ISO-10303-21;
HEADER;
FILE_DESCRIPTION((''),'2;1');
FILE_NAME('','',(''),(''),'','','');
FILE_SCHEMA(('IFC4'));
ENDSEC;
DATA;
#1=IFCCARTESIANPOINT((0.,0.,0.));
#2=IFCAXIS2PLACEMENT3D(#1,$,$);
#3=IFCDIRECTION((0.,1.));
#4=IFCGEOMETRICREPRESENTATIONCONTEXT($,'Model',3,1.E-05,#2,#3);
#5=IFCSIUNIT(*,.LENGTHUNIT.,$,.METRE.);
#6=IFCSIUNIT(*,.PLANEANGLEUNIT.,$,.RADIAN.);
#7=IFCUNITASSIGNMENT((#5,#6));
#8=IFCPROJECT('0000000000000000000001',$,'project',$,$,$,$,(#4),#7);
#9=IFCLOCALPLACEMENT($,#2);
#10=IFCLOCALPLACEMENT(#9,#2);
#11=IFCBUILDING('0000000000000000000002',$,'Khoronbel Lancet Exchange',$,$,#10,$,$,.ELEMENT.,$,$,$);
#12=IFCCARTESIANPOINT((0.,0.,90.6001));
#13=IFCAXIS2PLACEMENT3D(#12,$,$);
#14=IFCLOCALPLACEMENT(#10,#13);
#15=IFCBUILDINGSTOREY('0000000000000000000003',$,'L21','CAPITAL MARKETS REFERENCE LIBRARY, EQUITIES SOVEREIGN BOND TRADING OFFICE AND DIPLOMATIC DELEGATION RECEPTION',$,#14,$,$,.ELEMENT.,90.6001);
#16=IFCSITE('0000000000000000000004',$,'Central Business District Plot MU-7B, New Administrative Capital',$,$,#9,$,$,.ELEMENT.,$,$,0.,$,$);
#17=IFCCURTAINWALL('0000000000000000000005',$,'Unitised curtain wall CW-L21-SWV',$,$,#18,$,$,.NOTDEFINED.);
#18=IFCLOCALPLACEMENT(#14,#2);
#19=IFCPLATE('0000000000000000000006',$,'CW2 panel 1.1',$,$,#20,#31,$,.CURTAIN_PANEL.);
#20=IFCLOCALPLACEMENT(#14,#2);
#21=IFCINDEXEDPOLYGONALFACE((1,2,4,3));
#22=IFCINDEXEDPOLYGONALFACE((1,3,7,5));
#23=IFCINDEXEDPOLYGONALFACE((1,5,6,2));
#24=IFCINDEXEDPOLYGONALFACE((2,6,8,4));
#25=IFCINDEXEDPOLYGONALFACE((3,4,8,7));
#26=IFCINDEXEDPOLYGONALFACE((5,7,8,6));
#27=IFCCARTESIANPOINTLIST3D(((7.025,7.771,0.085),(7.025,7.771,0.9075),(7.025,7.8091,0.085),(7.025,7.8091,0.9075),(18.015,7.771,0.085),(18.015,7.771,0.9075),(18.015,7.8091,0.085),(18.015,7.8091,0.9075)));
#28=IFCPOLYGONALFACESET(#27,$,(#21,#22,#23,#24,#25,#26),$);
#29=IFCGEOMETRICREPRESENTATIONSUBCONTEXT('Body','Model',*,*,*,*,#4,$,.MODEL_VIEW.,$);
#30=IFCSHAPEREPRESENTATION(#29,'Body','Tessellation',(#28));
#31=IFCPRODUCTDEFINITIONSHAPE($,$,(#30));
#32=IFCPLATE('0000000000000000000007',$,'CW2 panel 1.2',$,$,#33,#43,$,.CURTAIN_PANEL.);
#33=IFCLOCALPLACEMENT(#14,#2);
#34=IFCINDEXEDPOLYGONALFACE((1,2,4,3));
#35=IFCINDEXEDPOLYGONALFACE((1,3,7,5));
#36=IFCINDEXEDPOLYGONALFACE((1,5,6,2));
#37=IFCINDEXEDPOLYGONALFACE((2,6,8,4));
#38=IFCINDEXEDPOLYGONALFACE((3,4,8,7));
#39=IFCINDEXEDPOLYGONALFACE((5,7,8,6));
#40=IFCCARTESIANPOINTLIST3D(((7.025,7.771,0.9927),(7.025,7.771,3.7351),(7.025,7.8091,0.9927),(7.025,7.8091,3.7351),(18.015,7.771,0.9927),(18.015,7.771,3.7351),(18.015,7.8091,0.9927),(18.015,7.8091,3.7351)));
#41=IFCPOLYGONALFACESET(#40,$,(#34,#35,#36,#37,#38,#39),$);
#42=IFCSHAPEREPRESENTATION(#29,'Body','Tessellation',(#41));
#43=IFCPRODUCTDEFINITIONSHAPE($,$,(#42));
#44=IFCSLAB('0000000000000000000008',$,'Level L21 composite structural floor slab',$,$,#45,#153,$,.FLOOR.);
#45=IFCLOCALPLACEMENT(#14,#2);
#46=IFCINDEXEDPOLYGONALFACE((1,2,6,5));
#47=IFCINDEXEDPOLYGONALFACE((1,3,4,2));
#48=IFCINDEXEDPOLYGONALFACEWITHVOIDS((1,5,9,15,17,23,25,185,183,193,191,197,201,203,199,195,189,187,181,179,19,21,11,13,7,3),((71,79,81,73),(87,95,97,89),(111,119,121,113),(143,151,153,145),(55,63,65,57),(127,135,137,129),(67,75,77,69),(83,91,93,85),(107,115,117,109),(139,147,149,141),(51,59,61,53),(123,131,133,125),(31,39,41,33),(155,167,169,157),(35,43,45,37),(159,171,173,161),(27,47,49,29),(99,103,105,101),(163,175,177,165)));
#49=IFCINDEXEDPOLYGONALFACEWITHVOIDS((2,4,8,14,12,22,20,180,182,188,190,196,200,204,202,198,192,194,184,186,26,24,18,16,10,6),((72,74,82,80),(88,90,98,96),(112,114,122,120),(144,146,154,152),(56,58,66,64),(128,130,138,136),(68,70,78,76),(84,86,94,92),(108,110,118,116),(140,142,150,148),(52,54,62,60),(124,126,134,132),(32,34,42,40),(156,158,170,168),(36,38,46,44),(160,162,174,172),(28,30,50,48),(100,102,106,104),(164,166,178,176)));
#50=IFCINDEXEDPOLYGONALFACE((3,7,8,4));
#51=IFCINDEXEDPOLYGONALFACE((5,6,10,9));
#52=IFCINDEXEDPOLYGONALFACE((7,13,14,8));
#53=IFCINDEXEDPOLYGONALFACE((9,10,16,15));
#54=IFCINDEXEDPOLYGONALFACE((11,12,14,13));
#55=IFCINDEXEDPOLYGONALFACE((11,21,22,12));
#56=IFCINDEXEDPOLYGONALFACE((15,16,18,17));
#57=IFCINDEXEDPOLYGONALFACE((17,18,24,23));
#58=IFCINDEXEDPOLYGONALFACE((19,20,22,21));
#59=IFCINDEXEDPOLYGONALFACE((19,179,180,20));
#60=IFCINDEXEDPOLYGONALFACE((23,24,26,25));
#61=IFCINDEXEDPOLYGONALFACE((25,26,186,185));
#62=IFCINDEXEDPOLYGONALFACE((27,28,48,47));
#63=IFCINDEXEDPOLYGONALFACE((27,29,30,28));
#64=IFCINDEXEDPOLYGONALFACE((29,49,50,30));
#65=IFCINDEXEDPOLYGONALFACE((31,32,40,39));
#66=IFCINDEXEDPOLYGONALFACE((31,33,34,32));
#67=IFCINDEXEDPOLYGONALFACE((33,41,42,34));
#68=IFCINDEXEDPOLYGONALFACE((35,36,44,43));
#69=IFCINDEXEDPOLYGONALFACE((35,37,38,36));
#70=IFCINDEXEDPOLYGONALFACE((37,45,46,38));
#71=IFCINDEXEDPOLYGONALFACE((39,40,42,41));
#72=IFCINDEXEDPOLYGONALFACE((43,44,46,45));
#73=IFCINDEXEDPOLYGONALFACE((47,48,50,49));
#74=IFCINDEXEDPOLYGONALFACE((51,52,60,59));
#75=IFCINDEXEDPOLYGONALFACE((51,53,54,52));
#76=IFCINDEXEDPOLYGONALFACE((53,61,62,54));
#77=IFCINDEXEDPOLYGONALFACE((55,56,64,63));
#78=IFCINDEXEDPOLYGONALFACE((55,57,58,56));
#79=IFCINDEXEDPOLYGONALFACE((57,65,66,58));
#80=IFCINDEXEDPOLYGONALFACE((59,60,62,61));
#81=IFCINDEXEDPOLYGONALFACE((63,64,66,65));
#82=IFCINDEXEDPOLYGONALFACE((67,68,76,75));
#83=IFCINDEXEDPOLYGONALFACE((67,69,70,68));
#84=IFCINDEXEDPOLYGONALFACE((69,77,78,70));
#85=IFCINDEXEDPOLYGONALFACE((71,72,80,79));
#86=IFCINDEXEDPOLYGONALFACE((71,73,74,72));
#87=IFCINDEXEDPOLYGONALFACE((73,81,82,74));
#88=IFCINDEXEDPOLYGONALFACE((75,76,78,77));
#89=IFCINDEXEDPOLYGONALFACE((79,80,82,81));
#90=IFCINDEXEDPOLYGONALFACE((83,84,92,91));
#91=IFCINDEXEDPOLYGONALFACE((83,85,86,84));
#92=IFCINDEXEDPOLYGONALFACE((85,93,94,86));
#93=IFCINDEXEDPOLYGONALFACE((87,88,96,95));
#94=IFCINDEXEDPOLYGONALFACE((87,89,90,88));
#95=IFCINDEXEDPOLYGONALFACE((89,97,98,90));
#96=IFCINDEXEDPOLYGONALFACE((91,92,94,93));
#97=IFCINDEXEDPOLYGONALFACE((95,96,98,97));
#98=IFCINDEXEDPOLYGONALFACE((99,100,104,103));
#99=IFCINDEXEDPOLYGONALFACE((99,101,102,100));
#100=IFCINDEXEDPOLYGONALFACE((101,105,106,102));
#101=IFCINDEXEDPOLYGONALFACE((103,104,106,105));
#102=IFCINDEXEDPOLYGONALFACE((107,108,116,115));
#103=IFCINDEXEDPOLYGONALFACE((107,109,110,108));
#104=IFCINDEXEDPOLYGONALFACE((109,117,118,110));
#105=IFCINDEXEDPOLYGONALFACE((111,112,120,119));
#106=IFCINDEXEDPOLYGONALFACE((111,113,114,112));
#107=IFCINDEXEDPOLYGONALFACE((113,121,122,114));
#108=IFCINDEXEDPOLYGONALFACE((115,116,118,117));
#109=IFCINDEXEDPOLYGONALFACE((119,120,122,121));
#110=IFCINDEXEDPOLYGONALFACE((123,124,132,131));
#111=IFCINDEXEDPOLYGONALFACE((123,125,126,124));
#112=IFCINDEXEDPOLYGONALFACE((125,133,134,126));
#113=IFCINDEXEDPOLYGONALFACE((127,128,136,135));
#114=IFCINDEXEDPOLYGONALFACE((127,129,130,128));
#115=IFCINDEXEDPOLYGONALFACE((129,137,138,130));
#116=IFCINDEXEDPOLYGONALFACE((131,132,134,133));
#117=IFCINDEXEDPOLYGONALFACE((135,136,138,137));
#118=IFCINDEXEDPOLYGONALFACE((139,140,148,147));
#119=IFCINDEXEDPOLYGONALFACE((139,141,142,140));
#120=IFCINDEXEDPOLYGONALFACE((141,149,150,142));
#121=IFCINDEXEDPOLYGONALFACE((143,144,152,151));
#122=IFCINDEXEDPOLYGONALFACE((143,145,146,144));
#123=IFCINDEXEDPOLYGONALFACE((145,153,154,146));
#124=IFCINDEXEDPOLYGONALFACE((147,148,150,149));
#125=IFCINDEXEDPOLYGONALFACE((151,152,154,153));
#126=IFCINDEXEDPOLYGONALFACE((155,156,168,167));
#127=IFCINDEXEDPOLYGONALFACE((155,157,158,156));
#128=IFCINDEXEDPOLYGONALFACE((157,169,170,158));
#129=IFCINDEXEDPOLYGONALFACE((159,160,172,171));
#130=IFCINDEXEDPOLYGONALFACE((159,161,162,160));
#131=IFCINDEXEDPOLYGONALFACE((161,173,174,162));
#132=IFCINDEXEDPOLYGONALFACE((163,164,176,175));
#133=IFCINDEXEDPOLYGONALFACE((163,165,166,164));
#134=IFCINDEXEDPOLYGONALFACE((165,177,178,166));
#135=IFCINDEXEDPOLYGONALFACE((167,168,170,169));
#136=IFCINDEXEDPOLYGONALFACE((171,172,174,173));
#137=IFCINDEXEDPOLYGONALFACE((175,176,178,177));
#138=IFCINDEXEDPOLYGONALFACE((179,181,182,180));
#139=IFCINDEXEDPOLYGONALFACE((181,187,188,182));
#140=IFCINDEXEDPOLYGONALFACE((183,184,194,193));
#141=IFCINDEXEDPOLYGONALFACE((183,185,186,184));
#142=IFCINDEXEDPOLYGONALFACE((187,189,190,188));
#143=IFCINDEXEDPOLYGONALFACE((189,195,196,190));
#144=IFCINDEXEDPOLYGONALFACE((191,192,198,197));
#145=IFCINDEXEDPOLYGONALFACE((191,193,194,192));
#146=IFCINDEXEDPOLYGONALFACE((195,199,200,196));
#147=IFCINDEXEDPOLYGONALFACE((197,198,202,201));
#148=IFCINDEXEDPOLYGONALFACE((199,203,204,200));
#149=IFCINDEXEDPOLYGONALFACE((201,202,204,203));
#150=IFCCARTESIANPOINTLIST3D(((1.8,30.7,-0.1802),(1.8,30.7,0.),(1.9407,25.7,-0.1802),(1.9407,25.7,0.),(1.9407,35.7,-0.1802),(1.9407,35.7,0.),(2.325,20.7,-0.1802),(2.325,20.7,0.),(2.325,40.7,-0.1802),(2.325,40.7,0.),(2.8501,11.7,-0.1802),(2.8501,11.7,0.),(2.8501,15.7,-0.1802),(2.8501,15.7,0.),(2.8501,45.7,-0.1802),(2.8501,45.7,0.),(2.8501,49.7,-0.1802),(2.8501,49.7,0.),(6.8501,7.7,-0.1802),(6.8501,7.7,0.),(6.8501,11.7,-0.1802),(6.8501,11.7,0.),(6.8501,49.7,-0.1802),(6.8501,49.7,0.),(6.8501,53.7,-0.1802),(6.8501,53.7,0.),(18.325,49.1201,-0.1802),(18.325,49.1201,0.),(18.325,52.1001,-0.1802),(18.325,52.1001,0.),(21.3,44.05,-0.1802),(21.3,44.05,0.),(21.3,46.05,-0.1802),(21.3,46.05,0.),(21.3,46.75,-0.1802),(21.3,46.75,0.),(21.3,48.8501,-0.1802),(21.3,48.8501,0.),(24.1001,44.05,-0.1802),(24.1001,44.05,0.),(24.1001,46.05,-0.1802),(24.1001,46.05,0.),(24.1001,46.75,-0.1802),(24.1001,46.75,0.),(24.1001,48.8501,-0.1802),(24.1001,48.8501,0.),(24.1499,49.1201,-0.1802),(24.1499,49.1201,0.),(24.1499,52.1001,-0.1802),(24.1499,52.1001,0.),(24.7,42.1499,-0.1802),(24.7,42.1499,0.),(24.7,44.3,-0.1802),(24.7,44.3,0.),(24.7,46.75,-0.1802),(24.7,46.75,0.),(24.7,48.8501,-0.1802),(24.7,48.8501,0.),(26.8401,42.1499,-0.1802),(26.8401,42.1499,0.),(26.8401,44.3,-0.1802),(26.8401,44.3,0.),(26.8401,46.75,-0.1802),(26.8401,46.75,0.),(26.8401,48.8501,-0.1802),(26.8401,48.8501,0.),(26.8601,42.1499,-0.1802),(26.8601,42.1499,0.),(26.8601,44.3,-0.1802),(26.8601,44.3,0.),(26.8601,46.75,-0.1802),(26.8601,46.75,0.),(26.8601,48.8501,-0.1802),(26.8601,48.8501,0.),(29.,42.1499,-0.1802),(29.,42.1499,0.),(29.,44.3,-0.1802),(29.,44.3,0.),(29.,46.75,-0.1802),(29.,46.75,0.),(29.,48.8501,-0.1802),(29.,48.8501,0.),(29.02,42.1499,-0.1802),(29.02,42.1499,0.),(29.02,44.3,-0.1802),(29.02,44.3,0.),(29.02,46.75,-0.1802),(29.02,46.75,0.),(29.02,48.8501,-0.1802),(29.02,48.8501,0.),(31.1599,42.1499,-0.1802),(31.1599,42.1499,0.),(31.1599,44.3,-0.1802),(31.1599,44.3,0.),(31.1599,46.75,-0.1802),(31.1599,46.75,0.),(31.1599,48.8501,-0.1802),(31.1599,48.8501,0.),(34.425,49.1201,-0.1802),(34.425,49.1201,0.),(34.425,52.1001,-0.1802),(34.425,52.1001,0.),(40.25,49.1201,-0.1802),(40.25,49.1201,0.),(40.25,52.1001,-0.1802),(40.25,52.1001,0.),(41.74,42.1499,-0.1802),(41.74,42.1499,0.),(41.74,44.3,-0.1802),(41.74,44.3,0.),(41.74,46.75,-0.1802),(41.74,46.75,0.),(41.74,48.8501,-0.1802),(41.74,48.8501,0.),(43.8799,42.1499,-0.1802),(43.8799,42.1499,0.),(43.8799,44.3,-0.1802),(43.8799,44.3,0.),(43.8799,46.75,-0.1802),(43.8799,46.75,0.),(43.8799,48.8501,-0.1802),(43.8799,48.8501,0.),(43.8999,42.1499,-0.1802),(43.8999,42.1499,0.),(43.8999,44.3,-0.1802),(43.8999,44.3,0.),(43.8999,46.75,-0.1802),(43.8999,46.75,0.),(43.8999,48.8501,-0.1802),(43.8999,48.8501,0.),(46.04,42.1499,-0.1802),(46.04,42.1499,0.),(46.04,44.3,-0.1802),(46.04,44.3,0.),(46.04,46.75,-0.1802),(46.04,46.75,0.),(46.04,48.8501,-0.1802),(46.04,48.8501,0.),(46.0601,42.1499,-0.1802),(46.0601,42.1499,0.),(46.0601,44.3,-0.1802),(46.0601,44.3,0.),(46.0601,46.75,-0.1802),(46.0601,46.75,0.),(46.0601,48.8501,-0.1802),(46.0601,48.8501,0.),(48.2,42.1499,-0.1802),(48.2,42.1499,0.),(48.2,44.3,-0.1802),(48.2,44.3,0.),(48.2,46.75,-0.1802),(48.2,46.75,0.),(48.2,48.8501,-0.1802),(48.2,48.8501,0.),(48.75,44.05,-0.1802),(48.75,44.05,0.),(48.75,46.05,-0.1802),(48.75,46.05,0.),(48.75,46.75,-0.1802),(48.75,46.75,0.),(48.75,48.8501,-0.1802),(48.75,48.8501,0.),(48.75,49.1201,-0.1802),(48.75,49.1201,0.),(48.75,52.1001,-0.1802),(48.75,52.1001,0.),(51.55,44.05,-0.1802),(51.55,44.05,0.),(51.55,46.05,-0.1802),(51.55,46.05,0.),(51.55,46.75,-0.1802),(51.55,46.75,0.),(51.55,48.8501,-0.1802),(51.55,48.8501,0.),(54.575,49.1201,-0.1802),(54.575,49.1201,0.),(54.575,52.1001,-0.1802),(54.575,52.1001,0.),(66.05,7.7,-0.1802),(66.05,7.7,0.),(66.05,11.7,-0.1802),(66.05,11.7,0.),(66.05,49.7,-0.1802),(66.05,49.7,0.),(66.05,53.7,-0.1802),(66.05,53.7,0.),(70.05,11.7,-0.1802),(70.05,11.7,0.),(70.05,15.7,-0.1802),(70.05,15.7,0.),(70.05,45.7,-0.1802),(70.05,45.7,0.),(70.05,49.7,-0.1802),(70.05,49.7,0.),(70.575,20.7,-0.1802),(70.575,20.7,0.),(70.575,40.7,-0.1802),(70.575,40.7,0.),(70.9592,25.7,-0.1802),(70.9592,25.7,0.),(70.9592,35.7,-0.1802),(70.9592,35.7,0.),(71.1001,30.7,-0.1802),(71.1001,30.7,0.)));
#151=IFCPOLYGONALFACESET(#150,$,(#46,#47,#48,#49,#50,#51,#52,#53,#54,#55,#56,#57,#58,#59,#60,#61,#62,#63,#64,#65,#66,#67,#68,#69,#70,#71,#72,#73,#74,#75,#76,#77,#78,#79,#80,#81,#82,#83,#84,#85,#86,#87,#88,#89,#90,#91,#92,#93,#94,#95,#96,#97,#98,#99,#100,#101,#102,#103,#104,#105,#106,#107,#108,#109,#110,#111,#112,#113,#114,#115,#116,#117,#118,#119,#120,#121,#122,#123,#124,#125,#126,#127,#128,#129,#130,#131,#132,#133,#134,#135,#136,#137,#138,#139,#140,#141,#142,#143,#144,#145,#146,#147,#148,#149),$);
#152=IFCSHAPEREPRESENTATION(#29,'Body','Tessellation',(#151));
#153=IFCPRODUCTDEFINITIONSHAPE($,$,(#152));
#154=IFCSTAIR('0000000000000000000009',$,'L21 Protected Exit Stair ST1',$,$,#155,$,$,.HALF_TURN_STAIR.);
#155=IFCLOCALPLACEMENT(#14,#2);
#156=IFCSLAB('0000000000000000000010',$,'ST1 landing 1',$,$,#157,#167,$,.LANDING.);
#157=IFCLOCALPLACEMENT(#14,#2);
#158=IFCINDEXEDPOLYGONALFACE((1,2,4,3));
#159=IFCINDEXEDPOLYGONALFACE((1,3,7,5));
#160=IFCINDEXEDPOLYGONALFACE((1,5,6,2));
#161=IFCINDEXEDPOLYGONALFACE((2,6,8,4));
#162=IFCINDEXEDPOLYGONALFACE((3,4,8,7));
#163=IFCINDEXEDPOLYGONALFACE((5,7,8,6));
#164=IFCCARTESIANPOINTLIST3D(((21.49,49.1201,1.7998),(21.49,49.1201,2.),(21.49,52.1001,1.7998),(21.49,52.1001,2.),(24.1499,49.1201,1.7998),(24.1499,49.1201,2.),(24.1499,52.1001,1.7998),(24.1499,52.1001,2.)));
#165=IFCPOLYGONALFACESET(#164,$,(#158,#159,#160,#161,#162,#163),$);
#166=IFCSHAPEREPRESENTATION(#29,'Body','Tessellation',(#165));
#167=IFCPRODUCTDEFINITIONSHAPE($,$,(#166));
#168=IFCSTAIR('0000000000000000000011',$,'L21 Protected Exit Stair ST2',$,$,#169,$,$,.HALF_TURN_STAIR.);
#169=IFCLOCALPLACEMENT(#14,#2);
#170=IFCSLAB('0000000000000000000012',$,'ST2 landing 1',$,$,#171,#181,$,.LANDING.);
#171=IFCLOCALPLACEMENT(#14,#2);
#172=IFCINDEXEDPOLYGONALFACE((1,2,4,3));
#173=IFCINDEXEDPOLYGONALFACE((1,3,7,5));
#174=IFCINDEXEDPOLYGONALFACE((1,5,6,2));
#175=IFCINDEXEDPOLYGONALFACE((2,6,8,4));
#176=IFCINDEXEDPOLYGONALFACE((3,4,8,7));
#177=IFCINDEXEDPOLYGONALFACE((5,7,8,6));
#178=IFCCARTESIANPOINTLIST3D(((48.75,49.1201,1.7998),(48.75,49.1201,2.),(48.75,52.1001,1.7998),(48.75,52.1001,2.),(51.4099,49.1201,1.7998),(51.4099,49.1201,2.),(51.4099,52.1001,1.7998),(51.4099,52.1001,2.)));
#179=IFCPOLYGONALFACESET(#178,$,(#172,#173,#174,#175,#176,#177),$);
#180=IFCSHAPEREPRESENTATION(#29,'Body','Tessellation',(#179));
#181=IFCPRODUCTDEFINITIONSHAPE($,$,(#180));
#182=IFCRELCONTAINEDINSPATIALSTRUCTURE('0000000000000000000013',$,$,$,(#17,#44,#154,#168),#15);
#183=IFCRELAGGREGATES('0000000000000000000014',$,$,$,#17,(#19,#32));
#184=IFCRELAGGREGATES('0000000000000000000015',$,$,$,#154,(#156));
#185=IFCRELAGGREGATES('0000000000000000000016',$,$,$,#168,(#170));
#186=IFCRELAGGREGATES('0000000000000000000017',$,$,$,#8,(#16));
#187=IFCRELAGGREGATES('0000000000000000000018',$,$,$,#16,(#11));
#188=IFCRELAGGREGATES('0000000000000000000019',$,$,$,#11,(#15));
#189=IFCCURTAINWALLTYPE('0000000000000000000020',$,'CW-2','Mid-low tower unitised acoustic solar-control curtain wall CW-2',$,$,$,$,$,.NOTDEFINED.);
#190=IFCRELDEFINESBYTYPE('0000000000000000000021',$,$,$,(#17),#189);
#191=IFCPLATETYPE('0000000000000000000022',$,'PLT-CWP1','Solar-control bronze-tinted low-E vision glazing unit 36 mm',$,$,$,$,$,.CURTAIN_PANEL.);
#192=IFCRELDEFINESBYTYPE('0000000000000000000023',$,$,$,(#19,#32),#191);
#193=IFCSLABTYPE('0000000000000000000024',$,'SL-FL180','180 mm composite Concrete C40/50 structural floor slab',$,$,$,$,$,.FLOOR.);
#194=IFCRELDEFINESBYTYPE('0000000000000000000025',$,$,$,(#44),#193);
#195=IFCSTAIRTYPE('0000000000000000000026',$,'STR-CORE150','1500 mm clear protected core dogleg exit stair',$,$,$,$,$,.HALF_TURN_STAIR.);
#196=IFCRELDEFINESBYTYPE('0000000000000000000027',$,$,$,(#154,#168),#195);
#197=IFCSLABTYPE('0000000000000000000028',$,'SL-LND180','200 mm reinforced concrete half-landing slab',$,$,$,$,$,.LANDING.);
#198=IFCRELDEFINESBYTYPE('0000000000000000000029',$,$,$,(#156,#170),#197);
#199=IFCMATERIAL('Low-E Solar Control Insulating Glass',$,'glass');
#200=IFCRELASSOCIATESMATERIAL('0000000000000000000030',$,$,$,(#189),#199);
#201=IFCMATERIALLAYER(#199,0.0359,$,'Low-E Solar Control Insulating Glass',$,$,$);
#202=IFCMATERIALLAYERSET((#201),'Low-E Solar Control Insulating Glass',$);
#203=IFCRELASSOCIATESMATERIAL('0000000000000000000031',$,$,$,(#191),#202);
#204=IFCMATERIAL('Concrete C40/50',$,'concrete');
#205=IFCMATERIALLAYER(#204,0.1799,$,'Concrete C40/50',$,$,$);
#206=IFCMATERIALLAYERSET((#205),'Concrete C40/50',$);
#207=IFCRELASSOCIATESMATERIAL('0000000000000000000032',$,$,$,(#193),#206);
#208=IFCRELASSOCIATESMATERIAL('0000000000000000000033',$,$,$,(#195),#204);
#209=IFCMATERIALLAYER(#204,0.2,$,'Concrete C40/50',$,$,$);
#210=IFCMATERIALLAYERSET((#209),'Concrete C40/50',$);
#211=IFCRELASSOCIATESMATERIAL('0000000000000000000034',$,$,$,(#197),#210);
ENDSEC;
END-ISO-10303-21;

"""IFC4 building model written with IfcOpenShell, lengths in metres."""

from ifc_helpers import new_model, si_unit, direction, frame, origin, origin_2d, place, context, subcontext, project, spatial, polyline, rectangle, outline, extrude, material, layer, layer_set, type_object, element, aggregate, save


model = new_model("IFC4")

# Units and contexts
model_context = context("Model", 3, precision=1e-05, world=origin(), true_north=direction((0.0, 1.0)))
body_context = subcontext(model_context, "Body", "Model", "MODEL_VIEW")
ifc_project = project(units=[si_unit("LENGTHUNIT", "METRE"), si_unit("PLANEANGLEUNIT", "RADIAN")], contexts=[model_context])

# Site, building, storey
site_placement = place(None, origin())
site = spatial("IfcSite", under=ifc_project, at=site_placement, Name="Central Business District Plot MU-7B, New Administrative Capital", CompositionType="ELEMENT", RefElevation=0.0)
building_placement = place(site_placement, origin())
building = spatial("IfcBuilding", under=site, at=building_placement, Name="Khoronbel Lancet Exchange", CompositionType="ELEMENT")
storey_placement = place(building_placement, frame((0.0, 0.0, 90.6001)))
storey = spatial("IfcBuildingStorey", under=building, at=storey_placement, Name="L21", Description="CAPITAL MARKETS REFERENCE LIBRARY, EQUITIES SOVEREIGN BOND TRADING OFFICE AND DIPLOMATIC DELEGATION RECEPTION", CompositionType="ELEMENT", Elevation=90.6001)

# Curtain wall
ifc_material_1 = material(Name="Low-E Solar Control Insulating Glass", Category="glass")
curtain_wall_type = type_object("IfcCurtainWallType", Name="CW-2", Description="Mid-low tower unitised acoustic solar-control curtain wall CW-2", PredefinedType="NOTDEFINED", material=ifc_material_1)
curtain_wall_1_placement = place(storey_placement, origin())
curtain_wall_1 = element("IfcCurtainWall", 1, at=curtain_wall_1_placement, inside=storey, type_object=curtain_wall_type, Name="Unitised curtain wall CW-L21-SWV", PredefinedType="NOTDEFINED")

# Plates
ifc_layer_1 = layer(ifc_material_1, 0.0359, Name="Low-E Solar Control Insulating Glass")
ifc_layer_set_1 = layer_set([ifc_layer_1], Name="Low-E Solar Control Insulating Glass")
plate_type = type_object("IfcPlateType", Name="PLT-CWP1", Description="Solar-control bronze-tinted low-E vision glazing unit 36 mm", PredefinedType="CURTAIN_PANEL", material=ifc_layer_set_1)
plate_1_placement = place(storey_placement, frame((12.52, 7.79, 0.085), z_axis=(0.0, 0.0, 1.0), x_axis=(1.0, 0.0, 0.0)))
plate_1 = element("IfcPlate", 2, at=plate_1_placement, type_object=plate_type, Name="CW2 panel 1.1", PredefinedType="CURTAIN_PANEL", context=body_context, shape_type="SweptSolid", body=[
    extrude(rectangle(XDim=10.99, YDim=0.0381, at=origin_2d()), origin(), (0.0, 0.0, 1.0), 0.8225),
])
plate_2_placement = place(storey_placement, frame((12.52, 7.79, 0.9927), z_axis=(0.0, 0.0, 1.0), x_axis=(1.0, 0.0, 0.0)))
plate_2 = element("IfcPlate", 3, at=plate_2_placement, type_object=plate_type, Name="CW2 panel 1.2", PredefinedType="CURTAIN_PANEL", context=body_context, shape_type="SweptSolid", body=[
    extrude(rectangle(XDim=10.99, YDim=0.0381, at=origin_2d()), origin(), (0.0, 0.0, 1.0), 2.7424),
])
aggregate(curtain_wall_1, [plate_1, plate_2])

# Slab
ifc_material_2 = material(Name="Concrete C40/50", Category="concrete")
ifc_layer_2 = layer(ifc_material_2, 0.1799, Name="Concrete C40/50")
ifc_layer_set_2 = layer_set([ifc_layer_2], Name="Concrete C40/50")
slab_type_1 = type_object("IfcSlabType", Name="SL-FL180", Description="180 mm composite Concrete C40/50 structural floor slab", PredefinedType="FLOOR", material=ifc_layer_set_2)
slab_1_placement = place(storey_placement, frame((0.0, 0.0, -0.1802)))
element("IfcSlab", 4, at=slab_1_placement, inside=storey, type_object=slab_type_1, Name="Level L21 composite structural floor slab", PredefinedType="FLOOR", context=body_context, shape_type="SweptSolid", body=[
    extrude(outline(polyline([(6.8501, 7.7), (66.05, 7.7), (66.05, 11.7), (70.05, 11.7), (70.05, 15.7), (70.575, 20.7), (70.9592, 25.7), (71.1001, 30.7), (70.9592, 35.7), (70.575, 40.7), (70.05, 45.7), (70.05, 49.7), (66.05, 49.7), (66.05, 53.7), (6.8501, 53.7), (6.8501, 49.7), (2.8501, 49.7), (2.8501, 45.7), (2.325, 40.7), (1.9407, 35.7), (1.8, 30.7), (1.9407, 25.7), (2.325, 20.7), (2.8501, 15.7), (2.8501, 11.7), (6.8501, 11.7), (6.8501, 7.7)]), holes=[polyline([(18.325, 49.1201), (24.1499, 49.1201), (24.1499, 52.1001), (18.325, 52.1001), (18.325, 49.1201)]), polyline([(48.75, 49.1201), (54.575, 49.1201), (54.575, 52.1001), (48.75, 52.1001), (48.75, 49.1201)]), polyline([(34.425, 49.1201), (40.25, 49.1201), (40.25, 52.1001), (34.425, 52.1001), (34.425, 49.1201)]), polyline([(24.7, 46.75), (26.8401, 46.75), (26.8401, 48.8501), (24.7, 48.8501), (24.7, 46.75)]), polyline([(26.8601, 46.75), (29.0, 46.75), (29.0, 48.8501), (26.8601, 48.8501), (26.8601, 46.75)]), polyline([(29.02, 46.75), (31.1599, 46.75), (31.1599, 48.8501), (29.02, 48.8501), (29.02, 46.75)]), polyline([(24.7, 42.1499), (26.8401, 42.1499), (26.8401, 44.3), (24.7, 44.3), (24.7, 42.1499)]), polyline([(26.8601, 42.1499), (29.0, 42.1499), (29.0, 44.3), (26.8601, 44.3), (26.8601, 42.1499)]), polyline([(29.02, 42.1499), (31.1599, 42.1499), (31.1599, 44.3), (29.02, 44.3), (29.02, 42.1499)]), polyline([(41.74, 46.75), (43.8799, 46.75), (43.8799, 48.8501), (41.74, 48.8501), (41.74, 46.75)]), polyline([(43.8999, 46.75), (46.04, 46.75), (46.04, 48.8501), (43.8999, 48.8501), (43.8999, 46.75)]), polyline([(46.0601, 46.75), (48.2, 46.75), (48.2, 48.8501), (46.0601, 48.8501), (46.0601, 46.75)]), polyline([(41.74, 42.1499), (43.8799, 42.1499), (43.8799, 44.3), (41.74, 44.3), (41.74, 42.1499)]), polyline([(43.8999, 42.1499), (46.04, 42.1499), (46.04, 44.3), (43.8999, 44.3), (43.8999, 42.1499)]), polyline([(46.0601, 42.1499), (48.2, 42.1499), (48.2, 44.3), (46.0601, 44.3), (46.0601, 42.1499)]), polyline([(21.3, 46.75), (24.1001, 46.75), (24.1001, 48.8501), (21.3, 48.8501), (21.3, 46.75)]), polyline([(48.75, 46.75), (51.55, 46.75), (51.55, 48.8501), (48.75, 48.8501), (48.75, 46.75)]), polyline([(21.3, 44.05), (24.1001, 44.05), (24.1001, 46.05), (21.3, 46.05), (21.3, 44.05)]), polyline([(48.75, 44.05), (51.55, 44.05), (51.55, 46.05), (48.75, 46.05), (48.75, 44.05)])]), origin(), (0.0, 0.0, 1.0), 0.1802),
])

# Stairs, slabs
stair_type = type_object("IfcStairType", Name="STR-CORE150", Description="1500 mm clear protected core dogleg exit stair", PredefinedType="HALF_TURN_STAIR", material=ifc_material_2)
stair_1_placement = place(storey_placement, origin())
stair_1 = element("IfcStair", 5, at=stair_1_placement, inside=storey, type_object=stair_type, Name="L21 Protected Exit Stair ST1", PredefinedType="HALF_TURN_STAIR")
ifc_layer_3 = layer(ifc_material_2, 0.2, Name="Concrete C40/50")
ifc_layer_set_3 = layer_set([ifc_layer_3], Name="Concrete C40/50")
slab_type_2 = type_object("IfcSlabType", Name="SL-LND180", Description="200 mm reinforced concrete half-landing slab", PredefinedType="LANDING", material=ifc_layer_set_3)
slab_2_placement = place(storey_placement, frame((0.0, 0.0, 1.7998)))
slab_2 = element("IfcSlab", 6, at=slab_2_placement, type_object=slab_type_2, Name="ST1 landing 1", PredefinedType="LANDING", context=body_context, shape_type="SweptSolid", body=[
    extrude(outline(polyline([(21.49, 49.1201), (24.1499, 49.1201), (24.1499, 52.1001), (21.49, 52.1001), (21.49, 49.1201)])), origin(), (0.0, 0.0, 1.0), 0.2002),
])
aggregate(stair_1, [slab_2])
stair_2_placement = place(storey_placement, origin())
stair_2 = element("IfcStair", 7, at=stair_2_placement, inside=storey, type_object=stair_type, Name="L21 Protected Exit Stair ST2", PredefinedType="HALF_TURN_STAIR")
slab_3_placement = place(storey_placement, frame((0.0, 0.0, 1.7998)))
slab_3 = element("IfcSlab", 8, at=slab_3_placement, type_object=slab_type_2, Name="ST2 landing 1", PredefinedType="LANDING", context=body_context, shape_type="SweptSolid", body=[
    extrude(outline(polyline([(51.4099, 52.1001), (48.75, 52.1001), (48.75, 49.1201), (51.4099, 49.1201), (51.4099, 52.1001)])), origin(), (0.0, 0.0, 1.0), 0.2002),
])
aggregate(stair_2, [slab_3])

save(model, "model.ifc")
